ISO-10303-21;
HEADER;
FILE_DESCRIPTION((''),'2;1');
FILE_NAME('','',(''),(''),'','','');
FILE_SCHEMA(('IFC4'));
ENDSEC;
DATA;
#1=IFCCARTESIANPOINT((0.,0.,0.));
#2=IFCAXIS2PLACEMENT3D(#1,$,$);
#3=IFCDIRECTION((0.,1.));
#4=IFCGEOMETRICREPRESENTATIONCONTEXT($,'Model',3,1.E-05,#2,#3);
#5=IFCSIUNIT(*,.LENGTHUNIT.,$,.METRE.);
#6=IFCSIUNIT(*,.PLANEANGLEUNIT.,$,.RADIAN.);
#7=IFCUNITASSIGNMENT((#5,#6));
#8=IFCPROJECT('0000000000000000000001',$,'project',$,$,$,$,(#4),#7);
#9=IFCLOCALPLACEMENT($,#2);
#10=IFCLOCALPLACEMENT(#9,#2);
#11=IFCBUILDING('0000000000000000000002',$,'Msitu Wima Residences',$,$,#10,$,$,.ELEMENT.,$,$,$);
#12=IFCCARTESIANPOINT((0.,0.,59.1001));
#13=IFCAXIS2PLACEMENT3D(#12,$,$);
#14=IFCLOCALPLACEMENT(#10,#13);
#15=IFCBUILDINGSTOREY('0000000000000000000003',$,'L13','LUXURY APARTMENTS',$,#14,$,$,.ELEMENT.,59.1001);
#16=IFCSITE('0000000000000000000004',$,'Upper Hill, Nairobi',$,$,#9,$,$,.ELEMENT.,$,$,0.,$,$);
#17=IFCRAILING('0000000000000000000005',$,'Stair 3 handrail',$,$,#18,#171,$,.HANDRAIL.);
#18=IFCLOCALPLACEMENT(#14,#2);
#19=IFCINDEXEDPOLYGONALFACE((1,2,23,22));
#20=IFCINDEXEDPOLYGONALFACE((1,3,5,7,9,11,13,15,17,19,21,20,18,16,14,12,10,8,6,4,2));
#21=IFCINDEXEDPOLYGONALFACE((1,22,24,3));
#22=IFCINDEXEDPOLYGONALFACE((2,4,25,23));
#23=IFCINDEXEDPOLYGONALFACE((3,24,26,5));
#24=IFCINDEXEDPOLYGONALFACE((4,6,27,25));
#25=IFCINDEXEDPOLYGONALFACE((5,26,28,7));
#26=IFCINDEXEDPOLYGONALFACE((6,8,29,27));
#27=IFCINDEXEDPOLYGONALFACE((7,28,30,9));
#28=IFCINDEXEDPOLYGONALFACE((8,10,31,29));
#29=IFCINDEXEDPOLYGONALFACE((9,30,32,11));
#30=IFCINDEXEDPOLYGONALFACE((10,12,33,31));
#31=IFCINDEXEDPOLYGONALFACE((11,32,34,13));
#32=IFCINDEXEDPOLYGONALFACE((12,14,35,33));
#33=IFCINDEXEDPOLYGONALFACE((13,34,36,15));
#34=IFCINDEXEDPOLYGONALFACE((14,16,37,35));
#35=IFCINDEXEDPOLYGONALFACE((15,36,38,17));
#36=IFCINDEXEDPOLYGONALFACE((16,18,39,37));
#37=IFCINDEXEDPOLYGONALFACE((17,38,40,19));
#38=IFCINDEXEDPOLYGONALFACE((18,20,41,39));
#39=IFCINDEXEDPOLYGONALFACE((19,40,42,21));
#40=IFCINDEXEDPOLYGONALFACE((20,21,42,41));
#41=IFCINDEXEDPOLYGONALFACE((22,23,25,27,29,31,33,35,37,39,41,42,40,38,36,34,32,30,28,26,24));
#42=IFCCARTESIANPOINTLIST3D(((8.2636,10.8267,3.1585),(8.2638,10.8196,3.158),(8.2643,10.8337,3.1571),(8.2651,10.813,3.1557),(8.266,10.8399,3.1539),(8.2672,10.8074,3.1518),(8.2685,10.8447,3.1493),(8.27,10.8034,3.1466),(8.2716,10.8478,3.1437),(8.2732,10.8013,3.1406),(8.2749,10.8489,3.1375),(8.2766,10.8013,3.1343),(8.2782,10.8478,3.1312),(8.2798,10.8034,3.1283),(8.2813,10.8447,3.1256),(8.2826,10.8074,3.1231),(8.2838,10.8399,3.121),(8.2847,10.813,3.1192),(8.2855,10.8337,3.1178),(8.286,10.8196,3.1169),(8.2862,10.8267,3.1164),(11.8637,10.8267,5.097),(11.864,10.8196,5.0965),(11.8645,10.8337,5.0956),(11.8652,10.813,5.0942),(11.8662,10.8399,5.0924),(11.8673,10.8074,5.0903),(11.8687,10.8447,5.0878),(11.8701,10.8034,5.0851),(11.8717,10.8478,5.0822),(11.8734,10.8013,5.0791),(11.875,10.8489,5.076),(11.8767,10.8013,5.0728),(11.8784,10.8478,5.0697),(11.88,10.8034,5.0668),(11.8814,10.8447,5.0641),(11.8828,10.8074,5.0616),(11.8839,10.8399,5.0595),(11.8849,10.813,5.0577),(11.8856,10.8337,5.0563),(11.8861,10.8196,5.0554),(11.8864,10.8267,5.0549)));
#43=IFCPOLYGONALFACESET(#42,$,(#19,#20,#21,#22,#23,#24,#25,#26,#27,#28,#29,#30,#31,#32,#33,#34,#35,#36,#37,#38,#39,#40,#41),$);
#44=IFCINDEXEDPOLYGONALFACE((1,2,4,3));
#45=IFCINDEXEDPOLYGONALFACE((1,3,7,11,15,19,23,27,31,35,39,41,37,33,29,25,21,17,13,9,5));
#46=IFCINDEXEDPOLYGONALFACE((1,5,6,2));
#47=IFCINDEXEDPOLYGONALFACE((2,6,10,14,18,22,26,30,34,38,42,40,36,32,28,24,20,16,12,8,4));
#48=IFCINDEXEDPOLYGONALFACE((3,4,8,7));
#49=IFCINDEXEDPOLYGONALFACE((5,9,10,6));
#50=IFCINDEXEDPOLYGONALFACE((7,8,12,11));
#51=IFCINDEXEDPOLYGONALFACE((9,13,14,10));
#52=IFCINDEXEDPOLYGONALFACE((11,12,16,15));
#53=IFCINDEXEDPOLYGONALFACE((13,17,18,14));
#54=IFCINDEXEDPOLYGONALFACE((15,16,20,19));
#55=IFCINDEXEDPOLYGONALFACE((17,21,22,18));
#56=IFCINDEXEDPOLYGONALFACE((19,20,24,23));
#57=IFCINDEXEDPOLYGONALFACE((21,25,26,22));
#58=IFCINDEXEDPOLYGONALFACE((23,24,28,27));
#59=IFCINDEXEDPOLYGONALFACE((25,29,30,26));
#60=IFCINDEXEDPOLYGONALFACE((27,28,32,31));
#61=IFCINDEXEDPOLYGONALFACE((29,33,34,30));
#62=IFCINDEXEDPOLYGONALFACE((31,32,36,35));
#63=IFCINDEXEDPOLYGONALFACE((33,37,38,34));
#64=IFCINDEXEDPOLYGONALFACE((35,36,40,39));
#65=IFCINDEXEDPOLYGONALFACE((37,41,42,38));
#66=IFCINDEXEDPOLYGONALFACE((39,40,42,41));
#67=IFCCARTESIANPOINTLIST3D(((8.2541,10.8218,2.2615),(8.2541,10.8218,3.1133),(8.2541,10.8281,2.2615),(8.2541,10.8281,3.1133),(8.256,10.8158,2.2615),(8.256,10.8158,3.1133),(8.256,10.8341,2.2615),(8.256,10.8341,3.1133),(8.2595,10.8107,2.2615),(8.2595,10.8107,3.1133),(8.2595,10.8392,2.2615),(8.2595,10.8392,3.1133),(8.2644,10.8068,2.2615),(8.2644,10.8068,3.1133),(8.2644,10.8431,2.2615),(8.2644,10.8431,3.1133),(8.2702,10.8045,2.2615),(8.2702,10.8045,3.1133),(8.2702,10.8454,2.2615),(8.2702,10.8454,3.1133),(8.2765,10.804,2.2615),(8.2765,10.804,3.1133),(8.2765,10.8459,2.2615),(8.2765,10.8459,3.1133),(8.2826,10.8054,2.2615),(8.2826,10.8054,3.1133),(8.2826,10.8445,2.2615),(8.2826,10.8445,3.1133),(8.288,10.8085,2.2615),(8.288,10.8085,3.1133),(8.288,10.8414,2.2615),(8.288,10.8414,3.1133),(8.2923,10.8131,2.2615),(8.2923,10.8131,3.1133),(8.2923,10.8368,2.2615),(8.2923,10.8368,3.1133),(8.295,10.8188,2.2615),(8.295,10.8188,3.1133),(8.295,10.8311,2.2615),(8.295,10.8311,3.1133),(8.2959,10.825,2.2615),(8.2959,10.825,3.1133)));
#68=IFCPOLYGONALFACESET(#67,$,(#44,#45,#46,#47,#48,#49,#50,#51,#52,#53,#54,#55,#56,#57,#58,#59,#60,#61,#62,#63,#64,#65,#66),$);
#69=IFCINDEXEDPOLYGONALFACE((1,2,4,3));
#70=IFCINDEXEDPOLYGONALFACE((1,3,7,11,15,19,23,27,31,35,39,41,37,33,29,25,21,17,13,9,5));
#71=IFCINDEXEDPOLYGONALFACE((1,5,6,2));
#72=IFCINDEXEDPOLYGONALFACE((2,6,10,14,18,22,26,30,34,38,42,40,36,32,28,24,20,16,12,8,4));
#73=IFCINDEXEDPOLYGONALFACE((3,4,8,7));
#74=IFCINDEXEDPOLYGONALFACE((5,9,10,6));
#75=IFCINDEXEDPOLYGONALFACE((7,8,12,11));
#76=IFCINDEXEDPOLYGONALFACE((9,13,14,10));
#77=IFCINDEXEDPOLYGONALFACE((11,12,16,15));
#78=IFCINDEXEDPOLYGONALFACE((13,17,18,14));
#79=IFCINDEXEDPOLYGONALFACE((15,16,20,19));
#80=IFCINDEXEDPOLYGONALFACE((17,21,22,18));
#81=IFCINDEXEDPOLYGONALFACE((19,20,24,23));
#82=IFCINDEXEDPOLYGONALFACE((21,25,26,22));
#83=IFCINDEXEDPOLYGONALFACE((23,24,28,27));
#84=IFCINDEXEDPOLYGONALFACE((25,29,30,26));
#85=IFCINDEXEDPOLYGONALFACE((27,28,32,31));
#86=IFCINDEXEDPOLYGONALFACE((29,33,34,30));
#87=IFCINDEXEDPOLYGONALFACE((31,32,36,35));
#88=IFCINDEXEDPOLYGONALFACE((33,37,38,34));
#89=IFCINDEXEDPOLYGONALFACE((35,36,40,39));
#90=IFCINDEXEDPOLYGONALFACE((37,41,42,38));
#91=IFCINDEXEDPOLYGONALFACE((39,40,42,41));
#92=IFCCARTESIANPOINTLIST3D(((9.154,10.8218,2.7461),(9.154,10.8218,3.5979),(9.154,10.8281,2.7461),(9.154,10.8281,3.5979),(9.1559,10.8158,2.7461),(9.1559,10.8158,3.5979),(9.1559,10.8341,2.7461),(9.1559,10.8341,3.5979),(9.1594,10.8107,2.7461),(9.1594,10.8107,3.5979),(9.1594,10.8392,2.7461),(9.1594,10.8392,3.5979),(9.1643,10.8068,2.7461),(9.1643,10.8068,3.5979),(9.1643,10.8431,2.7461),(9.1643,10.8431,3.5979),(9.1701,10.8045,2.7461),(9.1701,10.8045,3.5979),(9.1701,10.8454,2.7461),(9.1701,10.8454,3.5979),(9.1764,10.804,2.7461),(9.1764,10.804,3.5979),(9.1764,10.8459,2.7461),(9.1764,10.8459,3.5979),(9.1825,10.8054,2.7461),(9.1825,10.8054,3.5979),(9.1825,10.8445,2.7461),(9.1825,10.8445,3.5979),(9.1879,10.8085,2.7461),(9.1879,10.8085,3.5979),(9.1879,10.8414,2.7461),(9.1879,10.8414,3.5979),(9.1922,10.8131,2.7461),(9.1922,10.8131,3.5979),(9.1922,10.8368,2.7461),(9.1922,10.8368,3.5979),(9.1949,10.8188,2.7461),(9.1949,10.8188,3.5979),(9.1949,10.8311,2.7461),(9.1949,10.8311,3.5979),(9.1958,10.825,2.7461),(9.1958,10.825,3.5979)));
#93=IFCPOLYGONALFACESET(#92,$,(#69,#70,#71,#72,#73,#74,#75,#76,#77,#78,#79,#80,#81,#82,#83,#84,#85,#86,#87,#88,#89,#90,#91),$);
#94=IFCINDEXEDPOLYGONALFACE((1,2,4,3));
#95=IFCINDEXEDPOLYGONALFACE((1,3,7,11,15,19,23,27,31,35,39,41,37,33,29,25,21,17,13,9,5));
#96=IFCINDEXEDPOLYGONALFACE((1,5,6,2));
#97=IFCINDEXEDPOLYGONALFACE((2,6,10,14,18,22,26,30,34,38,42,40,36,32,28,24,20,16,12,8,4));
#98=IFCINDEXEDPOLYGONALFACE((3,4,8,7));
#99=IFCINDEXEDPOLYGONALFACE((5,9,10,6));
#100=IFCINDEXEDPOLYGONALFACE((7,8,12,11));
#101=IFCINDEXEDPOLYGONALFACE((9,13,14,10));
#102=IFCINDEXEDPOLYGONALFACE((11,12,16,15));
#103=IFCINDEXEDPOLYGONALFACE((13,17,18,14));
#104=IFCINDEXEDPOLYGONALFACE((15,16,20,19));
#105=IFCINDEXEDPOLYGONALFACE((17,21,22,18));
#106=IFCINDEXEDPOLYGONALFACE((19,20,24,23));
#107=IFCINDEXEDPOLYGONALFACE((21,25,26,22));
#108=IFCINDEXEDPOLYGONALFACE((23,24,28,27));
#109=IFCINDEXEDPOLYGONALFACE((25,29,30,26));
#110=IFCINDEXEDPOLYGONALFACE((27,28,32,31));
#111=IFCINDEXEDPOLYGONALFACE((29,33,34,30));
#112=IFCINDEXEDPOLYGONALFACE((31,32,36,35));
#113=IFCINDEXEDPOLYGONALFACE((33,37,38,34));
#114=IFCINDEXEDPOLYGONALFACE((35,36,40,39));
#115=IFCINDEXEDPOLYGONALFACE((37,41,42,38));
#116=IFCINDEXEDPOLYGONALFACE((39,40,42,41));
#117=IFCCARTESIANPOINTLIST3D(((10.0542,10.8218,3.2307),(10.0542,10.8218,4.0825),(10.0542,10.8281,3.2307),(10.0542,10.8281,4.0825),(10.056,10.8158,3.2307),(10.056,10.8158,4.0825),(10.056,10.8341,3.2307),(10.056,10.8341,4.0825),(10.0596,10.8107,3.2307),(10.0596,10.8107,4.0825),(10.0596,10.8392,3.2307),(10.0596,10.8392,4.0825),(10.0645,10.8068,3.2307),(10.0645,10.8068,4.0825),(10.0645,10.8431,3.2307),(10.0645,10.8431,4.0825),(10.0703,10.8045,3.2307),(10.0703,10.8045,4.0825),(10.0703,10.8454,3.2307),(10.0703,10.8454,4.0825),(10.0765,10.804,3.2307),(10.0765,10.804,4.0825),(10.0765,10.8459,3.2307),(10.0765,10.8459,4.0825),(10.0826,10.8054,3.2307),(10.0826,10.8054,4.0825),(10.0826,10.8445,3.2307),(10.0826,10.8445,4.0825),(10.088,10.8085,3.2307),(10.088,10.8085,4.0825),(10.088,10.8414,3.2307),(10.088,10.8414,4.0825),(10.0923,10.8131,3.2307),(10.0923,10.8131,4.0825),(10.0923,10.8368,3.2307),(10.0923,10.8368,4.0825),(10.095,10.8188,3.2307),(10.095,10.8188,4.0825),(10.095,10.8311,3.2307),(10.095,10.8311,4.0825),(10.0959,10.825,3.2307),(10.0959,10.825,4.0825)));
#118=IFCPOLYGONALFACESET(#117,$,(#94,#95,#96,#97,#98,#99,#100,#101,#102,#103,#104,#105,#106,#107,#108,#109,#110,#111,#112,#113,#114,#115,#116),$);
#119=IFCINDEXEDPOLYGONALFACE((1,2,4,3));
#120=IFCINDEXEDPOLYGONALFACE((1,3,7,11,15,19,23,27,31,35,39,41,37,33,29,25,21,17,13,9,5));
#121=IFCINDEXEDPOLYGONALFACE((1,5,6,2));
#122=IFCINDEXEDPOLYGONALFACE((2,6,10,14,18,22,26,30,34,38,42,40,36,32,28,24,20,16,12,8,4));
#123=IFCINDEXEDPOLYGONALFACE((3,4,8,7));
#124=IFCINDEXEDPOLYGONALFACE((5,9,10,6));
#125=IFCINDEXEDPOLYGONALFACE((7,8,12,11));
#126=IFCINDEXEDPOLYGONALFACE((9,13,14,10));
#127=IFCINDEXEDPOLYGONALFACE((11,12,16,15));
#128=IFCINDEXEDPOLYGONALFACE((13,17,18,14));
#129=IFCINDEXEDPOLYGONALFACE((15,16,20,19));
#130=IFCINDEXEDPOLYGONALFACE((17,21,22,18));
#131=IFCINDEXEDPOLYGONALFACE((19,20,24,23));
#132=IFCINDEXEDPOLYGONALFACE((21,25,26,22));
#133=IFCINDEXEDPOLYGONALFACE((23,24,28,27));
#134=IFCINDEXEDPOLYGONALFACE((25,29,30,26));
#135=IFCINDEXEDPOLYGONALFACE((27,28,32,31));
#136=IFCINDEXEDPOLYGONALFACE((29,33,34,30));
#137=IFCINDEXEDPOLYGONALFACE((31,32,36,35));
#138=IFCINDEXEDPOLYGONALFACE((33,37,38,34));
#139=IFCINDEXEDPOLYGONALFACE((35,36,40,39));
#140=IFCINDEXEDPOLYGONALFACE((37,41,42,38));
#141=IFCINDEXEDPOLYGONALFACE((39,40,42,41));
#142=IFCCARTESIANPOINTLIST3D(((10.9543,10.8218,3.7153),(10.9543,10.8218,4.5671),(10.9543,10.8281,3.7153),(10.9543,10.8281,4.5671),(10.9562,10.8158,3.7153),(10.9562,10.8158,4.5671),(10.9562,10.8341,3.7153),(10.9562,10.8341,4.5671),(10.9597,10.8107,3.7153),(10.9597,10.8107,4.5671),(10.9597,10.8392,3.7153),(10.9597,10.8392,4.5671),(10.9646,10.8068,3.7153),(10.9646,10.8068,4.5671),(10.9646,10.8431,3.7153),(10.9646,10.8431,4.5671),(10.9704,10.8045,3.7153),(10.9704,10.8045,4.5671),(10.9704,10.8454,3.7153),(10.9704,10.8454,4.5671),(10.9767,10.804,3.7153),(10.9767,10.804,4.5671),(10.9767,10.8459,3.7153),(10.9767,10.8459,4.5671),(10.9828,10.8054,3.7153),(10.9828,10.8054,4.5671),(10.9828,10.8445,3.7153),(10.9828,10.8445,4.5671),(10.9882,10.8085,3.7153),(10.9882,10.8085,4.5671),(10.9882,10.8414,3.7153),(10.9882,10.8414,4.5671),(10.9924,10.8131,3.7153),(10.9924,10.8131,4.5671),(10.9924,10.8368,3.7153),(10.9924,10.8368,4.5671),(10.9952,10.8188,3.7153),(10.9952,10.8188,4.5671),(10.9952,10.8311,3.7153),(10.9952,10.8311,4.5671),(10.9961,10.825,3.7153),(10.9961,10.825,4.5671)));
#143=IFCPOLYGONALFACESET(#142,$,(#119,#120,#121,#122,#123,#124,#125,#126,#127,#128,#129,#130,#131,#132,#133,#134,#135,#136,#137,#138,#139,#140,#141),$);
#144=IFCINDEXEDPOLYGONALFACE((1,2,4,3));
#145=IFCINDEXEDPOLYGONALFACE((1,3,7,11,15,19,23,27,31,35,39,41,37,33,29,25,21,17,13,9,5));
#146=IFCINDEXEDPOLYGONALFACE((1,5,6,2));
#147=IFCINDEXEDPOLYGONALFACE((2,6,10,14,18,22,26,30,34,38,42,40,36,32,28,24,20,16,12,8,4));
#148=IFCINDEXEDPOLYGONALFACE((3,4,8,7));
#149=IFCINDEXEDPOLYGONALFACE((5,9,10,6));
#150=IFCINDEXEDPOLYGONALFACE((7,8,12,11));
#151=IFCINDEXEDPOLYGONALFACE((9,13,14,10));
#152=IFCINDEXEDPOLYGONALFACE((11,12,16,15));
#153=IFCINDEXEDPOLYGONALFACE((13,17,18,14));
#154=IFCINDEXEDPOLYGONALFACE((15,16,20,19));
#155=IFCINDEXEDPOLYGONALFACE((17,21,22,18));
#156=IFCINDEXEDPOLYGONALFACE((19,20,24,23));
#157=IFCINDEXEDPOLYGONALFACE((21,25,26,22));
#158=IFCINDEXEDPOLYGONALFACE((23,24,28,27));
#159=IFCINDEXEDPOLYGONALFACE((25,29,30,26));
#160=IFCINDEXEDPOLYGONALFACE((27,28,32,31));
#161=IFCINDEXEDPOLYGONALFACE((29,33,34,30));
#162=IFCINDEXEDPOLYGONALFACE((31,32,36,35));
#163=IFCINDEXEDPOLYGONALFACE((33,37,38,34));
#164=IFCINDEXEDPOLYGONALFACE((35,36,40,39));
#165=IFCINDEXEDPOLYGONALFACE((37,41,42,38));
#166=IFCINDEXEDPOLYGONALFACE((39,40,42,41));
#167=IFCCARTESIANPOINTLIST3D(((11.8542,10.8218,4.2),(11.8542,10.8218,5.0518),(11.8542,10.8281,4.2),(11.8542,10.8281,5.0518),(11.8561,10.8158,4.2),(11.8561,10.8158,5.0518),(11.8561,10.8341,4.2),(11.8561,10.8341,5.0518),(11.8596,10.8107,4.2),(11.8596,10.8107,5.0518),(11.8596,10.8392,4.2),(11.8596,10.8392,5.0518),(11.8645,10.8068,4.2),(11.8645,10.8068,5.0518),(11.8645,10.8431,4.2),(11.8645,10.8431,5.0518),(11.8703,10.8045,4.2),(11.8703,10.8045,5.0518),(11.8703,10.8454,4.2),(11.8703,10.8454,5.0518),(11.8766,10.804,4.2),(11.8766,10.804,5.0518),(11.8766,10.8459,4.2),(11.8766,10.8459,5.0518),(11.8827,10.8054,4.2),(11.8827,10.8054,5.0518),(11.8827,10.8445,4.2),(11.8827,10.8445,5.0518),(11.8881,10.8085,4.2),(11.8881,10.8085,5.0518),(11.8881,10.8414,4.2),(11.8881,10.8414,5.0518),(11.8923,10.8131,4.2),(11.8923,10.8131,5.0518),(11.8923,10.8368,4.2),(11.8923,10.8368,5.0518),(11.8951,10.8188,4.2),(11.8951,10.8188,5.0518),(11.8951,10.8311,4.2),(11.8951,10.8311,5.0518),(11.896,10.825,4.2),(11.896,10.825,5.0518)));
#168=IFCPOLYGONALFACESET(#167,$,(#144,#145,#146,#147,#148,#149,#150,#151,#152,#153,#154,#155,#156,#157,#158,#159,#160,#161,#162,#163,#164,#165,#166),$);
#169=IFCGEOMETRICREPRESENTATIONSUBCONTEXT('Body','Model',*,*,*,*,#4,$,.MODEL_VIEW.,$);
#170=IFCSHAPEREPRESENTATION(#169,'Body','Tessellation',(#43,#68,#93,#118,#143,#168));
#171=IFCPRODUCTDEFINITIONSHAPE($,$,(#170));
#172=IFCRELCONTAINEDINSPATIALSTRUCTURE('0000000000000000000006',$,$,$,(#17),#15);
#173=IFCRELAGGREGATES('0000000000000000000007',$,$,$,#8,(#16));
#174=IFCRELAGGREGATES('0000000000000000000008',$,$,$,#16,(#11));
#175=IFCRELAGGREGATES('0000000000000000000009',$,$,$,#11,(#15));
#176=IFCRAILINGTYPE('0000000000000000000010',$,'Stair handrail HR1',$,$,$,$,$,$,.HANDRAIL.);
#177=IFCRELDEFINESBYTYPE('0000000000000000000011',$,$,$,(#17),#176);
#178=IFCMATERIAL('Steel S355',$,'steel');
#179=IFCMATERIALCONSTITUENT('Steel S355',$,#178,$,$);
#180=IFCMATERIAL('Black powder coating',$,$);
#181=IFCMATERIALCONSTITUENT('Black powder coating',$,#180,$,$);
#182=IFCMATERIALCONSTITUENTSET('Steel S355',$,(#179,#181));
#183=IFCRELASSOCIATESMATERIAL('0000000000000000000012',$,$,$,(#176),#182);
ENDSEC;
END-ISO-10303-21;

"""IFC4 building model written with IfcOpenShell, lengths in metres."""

from ifc_helpers import new_model, si_unit, direction, frame, origin, origin_2d, place, context, subcontext, project, spatial, circle, extrude, material, constituent, constituent_set, type_object, element, save


model = new_model("IFC4")

# Units and contexts
model_context = context("Model", 3, precision=1e-05, world=origin(), true_north=direction((0.0, 1.0)))
body_context = subcontext(model_context, "Body", "Model", "MODEL_VIEW")
ifc_project = project(units=[si_unit("LENGTHUNIT", "METRE"), si_unit("PLANEANGLEUNIT", "RADIAN")], contexts=[model_context])

# Site, building, storey
site_placement = place(None, origin())
site = spatial("IfcSite", under=ifc_project, at=site_placement, Name="Upper Hill, Nairobi", CompositionType="ELEMENT", RefElevation=0.0)
building_placement = place(site_placement, origin())
building = spatial("IfcBuilding", under=site, at=building_placement, Name="Msitu Wima Residences", CompositionType="ELEMENT")
storey_placement = place(building_placement, frame((0.0, 0.0, 59.1001)))
storey = spatial("IfcBuildingStorey", under=building, at=storey_placement, Name="L13", Description="LUXURY APARTMENTS", CompositionType="ELEMENT", Elevation=59.1001)

# Railing
ifc_material_1 = material(Name="Steel S355", Category="steel")
ifc_constituent_1 = constituent(ifc_material_1, Name="Steel S355")
ifc_material_2 = material(Name="Black powder coating")
ifc_constituent_2 = constituent(ifc_material_2, Name="Black powder coating")
ifc_constituent_set = constituent_set(constituents=[ifc_constituent_1, ifc_constituent_2], Name="Steel S355")
railing_type = type_object("IfcRailingType", Name="Stair handrail HR1", PredefinedType="HANDRAIL", material=ifc_constituent_set)
for number, where, name in (
    (1, (8.2749, 10.825, 2.2615), "Stair 3 handrail"),
):
    element("IfcRailing", number, at=place(storey_placement, frame(where)), inside=storey, type_object=railing_type, Name=name, PredefinedType="HANDRAIL", context=body_context, shape_type="SweptSolid", body=[
        extrude(circle(Radius=0.0239, at=origin_2d()), frame((0.0, 0.0, 0.876), z_axis=(0.880475, 0.0, 0.474093), x_axis=(0.0, 1.0, 0.0)), (0.0, 0.0, 1.0), 4.0889),
        extrude(circle(Radius=0.021, at=origin_2d()), origin(), (0.0, 0.0, 1.0), 0.8518),
        extrude(circle(Radius=0.021, at=origin_2d()), frame((0.8999, 0.0, 0.4846)), (0.0, 0.0, 1.0), 0.8518),
        extrude(circle(Radius=0.021, at=origin_2d()), frame((1.8, 0.0, 0.9692)), (0.0, 0.0, 1.0), 0.8518),
        extrude(circle(Radius=0.021, at=origin_2d()), frame((2.7002, 0.0, 1.4539)), (0.0, 0.0, 1.0), 0.8518),
        extrude(circle(Radius=0.021, at=origin_2d()), frame((3.6001, 0.0, 1.9385)), (0.0, 0.0, 1.0), 0.8518),
    ])

save(model, "model.ifc")
